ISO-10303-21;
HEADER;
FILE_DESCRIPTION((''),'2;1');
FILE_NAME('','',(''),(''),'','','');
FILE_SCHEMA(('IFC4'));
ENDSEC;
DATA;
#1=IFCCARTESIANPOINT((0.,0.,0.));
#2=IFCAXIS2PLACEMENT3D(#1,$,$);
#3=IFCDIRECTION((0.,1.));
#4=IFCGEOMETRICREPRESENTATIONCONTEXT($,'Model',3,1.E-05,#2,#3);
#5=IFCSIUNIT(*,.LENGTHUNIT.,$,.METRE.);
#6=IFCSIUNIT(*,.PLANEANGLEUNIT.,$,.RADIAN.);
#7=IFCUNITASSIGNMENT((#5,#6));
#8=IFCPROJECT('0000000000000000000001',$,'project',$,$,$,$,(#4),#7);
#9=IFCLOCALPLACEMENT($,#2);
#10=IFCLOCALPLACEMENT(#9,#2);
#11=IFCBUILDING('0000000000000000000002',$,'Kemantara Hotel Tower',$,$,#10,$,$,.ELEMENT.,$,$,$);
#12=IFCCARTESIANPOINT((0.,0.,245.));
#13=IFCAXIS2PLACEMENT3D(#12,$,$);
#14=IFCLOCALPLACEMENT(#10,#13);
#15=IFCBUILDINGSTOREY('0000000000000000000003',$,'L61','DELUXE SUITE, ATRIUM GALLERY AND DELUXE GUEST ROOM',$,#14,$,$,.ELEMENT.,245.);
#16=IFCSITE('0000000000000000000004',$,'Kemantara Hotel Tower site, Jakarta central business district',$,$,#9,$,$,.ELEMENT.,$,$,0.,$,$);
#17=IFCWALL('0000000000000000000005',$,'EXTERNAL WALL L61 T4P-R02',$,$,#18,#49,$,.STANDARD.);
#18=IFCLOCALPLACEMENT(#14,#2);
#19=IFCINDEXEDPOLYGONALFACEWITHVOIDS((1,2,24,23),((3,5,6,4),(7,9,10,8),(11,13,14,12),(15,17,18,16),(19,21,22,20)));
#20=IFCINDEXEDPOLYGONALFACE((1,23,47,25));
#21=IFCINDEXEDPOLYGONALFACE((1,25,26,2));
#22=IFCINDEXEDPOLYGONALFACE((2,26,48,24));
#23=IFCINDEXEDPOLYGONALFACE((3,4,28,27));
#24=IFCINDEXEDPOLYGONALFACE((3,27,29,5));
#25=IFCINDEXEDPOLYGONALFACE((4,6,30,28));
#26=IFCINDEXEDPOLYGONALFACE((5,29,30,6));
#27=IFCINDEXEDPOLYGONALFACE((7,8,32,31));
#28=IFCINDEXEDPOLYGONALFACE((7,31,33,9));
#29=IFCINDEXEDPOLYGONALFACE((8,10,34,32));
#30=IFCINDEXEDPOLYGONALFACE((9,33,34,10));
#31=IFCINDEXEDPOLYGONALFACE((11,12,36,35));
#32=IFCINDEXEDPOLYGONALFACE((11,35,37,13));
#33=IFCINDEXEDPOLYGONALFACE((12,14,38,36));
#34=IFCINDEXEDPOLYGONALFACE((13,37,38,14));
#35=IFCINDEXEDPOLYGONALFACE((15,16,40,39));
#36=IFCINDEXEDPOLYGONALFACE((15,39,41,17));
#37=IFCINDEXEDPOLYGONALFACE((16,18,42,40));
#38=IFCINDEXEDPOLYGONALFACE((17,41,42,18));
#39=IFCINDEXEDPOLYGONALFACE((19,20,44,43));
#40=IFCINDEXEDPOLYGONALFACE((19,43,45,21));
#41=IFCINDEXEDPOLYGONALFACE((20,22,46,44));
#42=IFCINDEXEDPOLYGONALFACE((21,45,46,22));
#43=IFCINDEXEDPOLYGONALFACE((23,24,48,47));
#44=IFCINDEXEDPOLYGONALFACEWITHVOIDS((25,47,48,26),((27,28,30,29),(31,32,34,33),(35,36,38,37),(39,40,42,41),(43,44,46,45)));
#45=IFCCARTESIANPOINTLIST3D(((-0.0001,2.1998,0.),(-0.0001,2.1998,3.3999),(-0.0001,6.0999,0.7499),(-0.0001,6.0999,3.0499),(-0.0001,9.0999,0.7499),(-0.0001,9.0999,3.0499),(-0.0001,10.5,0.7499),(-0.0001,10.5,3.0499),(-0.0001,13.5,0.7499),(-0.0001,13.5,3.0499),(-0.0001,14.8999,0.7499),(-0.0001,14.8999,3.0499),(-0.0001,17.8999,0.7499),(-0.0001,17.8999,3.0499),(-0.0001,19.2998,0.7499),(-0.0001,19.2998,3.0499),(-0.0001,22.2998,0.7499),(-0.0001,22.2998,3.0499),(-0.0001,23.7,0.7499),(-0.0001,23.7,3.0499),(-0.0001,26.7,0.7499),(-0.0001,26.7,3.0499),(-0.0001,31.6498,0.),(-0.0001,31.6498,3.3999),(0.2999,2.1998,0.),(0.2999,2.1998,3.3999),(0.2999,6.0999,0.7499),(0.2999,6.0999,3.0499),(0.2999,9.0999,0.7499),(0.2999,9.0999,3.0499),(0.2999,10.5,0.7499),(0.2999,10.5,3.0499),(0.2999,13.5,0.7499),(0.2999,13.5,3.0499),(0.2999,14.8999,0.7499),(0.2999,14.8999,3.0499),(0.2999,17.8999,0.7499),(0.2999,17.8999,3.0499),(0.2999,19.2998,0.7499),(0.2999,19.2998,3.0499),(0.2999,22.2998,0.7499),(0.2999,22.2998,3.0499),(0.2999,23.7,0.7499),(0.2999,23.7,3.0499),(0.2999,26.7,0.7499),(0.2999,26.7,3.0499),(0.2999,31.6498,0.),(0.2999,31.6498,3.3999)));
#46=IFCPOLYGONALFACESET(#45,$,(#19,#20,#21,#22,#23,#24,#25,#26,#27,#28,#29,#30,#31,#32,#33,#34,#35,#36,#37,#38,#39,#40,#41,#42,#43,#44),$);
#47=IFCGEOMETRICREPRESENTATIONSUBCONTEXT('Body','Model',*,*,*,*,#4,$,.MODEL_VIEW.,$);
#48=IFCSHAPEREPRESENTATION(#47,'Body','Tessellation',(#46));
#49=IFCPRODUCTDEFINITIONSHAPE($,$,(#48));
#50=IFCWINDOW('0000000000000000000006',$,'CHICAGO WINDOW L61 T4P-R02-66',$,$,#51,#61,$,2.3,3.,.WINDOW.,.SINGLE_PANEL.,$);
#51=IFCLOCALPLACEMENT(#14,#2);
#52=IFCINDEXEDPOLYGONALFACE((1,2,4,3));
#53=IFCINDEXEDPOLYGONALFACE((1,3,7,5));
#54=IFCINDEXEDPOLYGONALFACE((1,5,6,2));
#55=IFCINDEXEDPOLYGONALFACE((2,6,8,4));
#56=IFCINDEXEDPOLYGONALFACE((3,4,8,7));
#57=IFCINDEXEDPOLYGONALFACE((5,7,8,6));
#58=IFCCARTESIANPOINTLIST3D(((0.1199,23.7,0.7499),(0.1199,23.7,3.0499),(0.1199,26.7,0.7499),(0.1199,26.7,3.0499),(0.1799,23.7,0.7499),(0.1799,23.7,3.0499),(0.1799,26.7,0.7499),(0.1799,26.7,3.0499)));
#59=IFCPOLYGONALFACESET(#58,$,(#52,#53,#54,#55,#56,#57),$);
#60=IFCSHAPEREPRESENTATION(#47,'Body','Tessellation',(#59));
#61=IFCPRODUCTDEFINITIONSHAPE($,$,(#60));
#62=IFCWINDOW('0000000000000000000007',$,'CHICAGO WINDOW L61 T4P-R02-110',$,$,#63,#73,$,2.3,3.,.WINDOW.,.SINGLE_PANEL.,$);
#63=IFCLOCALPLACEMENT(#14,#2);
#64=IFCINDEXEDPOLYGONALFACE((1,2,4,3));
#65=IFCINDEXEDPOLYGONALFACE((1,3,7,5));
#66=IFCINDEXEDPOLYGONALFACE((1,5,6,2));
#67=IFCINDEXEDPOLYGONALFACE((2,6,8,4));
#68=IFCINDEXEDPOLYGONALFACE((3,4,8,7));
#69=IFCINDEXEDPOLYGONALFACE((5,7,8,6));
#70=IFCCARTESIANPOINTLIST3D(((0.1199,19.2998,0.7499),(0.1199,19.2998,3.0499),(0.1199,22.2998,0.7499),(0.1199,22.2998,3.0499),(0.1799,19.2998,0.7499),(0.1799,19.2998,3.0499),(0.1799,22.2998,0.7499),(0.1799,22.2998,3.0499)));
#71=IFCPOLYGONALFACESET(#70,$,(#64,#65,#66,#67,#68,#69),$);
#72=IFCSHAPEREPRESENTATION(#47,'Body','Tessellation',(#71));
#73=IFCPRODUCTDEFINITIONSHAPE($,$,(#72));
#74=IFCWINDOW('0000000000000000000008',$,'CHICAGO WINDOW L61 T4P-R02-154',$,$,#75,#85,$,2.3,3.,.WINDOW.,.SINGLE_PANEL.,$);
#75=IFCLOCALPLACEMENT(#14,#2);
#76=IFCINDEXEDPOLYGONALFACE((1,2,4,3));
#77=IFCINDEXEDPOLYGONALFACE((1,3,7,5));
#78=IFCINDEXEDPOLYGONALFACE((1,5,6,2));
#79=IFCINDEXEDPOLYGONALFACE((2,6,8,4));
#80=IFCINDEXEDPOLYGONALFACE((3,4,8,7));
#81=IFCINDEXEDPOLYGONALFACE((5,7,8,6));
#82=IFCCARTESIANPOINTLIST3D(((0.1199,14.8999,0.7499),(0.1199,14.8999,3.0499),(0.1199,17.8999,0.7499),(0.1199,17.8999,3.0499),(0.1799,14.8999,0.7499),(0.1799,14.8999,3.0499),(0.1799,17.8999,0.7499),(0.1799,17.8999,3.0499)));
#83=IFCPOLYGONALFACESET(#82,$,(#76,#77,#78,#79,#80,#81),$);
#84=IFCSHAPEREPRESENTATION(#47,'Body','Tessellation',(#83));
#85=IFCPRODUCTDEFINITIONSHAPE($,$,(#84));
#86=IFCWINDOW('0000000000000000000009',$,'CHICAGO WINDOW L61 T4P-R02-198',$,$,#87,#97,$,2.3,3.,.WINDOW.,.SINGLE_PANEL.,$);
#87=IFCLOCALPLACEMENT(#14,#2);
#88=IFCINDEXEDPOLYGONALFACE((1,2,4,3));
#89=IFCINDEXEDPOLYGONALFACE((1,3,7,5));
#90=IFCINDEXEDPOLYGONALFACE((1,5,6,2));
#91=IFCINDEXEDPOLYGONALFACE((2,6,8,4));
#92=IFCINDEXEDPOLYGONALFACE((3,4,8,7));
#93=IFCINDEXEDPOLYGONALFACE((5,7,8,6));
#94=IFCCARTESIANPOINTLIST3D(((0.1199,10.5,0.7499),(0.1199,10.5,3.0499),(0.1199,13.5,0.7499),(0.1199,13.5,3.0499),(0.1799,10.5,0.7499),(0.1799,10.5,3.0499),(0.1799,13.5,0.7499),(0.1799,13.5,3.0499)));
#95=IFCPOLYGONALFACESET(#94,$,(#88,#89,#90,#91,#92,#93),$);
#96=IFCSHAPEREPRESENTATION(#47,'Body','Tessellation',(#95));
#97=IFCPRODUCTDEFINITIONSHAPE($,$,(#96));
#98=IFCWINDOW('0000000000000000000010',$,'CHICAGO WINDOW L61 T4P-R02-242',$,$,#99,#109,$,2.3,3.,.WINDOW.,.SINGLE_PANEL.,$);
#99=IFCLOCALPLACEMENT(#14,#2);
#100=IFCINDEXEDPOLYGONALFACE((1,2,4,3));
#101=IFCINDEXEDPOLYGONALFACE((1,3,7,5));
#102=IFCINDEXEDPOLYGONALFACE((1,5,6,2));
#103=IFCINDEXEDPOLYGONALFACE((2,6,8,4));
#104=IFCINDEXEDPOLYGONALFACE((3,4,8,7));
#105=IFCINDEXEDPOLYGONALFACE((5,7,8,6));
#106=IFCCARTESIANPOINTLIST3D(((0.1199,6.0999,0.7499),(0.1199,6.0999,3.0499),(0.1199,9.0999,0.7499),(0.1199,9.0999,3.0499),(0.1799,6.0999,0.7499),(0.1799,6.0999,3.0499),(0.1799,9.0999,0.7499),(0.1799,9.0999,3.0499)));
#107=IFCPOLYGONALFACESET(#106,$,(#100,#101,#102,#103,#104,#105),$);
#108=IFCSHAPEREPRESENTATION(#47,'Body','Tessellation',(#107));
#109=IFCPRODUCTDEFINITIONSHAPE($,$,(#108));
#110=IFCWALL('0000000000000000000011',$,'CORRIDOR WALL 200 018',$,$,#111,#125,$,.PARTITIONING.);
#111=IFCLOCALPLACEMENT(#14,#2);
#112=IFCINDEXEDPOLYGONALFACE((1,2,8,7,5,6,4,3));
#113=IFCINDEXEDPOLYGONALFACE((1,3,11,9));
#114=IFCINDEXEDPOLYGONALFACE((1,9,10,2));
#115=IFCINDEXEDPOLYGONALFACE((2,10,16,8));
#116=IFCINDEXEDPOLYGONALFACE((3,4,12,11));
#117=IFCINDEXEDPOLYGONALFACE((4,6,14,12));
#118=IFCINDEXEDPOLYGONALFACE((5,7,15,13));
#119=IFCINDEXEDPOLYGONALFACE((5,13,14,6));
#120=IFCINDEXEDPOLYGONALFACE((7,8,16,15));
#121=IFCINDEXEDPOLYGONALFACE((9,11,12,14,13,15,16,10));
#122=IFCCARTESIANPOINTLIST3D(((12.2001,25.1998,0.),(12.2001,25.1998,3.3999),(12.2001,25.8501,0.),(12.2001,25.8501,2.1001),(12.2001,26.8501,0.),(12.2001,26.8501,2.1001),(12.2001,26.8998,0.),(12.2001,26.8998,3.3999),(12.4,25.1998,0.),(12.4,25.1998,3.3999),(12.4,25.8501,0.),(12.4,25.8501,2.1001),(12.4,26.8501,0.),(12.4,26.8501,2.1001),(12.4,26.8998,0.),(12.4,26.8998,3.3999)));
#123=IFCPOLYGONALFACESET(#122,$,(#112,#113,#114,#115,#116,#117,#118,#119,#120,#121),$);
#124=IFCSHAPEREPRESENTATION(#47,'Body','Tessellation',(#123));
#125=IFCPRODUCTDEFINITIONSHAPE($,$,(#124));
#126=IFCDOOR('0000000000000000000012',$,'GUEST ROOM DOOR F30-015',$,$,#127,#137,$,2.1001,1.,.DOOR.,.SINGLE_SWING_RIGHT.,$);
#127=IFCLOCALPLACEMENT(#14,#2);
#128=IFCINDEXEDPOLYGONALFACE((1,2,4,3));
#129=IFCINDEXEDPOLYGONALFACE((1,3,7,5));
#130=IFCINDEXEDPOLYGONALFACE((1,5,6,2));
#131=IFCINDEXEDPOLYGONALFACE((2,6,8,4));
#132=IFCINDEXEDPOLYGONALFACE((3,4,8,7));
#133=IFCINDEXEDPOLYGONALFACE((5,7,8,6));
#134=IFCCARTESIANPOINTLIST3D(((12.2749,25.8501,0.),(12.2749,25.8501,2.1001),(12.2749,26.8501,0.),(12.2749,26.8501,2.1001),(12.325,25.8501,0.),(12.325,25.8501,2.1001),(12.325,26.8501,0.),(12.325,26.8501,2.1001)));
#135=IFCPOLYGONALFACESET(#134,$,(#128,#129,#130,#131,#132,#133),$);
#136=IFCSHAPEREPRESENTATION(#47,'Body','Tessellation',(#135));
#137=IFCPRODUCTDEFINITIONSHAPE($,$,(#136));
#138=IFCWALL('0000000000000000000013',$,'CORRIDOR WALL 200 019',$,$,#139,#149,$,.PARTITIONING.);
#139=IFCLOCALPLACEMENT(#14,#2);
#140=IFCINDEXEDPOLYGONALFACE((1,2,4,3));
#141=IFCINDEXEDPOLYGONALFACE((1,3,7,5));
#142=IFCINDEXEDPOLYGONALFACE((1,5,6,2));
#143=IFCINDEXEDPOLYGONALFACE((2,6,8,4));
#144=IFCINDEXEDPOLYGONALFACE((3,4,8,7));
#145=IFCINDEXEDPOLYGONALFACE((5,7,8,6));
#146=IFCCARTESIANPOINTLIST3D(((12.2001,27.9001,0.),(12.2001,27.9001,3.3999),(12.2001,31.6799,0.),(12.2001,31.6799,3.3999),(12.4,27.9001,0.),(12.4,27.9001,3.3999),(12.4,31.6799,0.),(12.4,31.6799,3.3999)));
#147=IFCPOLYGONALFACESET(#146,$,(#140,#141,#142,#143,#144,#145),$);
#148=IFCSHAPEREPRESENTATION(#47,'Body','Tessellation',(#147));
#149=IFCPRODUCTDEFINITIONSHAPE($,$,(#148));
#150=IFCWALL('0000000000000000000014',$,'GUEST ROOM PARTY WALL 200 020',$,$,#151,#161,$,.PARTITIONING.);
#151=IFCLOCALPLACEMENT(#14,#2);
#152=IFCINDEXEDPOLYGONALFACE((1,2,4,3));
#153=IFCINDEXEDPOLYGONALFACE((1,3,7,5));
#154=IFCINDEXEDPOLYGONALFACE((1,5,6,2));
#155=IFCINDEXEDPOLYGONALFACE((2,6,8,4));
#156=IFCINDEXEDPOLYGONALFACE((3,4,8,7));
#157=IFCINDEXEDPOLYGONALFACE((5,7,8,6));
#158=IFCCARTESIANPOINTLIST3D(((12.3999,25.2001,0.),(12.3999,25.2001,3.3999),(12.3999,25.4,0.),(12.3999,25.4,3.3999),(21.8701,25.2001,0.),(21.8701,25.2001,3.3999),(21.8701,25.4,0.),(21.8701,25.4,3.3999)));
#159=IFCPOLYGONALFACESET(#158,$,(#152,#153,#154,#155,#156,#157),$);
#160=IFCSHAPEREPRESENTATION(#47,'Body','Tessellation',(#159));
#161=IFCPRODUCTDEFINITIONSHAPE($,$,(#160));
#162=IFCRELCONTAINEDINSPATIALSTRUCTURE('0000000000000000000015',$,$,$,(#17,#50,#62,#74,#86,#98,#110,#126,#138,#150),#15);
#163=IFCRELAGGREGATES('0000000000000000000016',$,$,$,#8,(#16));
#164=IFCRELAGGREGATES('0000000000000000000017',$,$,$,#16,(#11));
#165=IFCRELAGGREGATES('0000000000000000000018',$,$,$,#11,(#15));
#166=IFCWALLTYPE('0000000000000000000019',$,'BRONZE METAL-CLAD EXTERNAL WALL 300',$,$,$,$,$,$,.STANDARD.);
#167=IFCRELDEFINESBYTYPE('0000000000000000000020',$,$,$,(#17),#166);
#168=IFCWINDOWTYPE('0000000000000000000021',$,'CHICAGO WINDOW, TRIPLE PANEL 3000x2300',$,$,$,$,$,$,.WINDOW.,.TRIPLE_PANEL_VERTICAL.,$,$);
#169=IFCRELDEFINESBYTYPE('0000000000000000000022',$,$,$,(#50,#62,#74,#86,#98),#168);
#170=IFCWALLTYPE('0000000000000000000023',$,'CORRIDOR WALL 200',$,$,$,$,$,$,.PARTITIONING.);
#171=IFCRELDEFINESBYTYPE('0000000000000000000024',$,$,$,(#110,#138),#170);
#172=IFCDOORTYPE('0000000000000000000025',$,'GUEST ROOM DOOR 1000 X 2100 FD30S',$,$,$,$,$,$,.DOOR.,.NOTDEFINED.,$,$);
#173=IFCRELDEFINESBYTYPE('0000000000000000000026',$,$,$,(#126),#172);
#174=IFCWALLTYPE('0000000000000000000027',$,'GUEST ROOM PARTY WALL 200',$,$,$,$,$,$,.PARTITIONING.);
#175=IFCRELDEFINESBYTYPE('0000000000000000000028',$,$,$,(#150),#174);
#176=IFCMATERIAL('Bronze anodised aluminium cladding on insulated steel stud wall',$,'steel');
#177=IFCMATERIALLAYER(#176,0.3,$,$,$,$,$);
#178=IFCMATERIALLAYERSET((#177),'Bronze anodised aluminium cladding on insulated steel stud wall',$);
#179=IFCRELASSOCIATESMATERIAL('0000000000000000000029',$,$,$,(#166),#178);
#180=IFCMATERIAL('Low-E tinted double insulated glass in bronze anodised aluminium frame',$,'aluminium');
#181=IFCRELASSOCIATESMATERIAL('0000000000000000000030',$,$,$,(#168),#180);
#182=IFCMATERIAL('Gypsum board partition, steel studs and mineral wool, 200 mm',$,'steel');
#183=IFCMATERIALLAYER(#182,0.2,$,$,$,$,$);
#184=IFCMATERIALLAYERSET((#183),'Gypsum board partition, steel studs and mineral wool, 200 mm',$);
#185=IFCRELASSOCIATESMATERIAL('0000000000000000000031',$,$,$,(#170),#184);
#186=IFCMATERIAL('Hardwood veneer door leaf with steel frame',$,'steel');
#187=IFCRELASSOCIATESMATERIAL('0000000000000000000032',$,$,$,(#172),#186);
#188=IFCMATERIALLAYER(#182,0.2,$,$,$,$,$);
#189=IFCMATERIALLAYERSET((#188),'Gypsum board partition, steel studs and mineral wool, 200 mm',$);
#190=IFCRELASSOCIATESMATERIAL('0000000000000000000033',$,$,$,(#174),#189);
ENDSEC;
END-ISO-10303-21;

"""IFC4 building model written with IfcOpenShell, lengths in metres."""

from ifc_helpers import new_model, si_unit, direction, frame, frame_2d, origin, place, context, subcontext, project, spatial, rectangle, extrude, material, layer, layer_set, type_object, element, fill, save


model = new_model("IFC4")

# Units and contexts
model_context = context("Model", 3, precision=1e-05, world=origin(), true_north=direction((0.0, 1.0)))
body_context = subcontext(model_context, "Body", "Model", "MODEL_VIEW")
ifc_project = project(units=[si_unit("LENGTHUNIT", "METRE"), si_unit("PLANEANGLEUNIT", "RADIAN")], contexts=[model_context])

# Site, building, storey
site_placement = place(None, origin())
site = spatial("IfcSite", under=ifc_project, at=site_placement, Name="Kemantara Hotel Tower site, Jakarta central business district", CompositionType="ELEMENT", RefElevation=0.0)
building_placement = place(site_placement, origin())
building = spatial("IfcBuilding", under=site, at=building_placement, Name="Kemantara Hotel Tower", CompositionType="ELEMENT")
storey_placement = place(building_placement, frame((0.0, 0.0, 245.0)))
storey = spatial("IfcBuildingStorey", under=building, at=storey_placement, Name="L61", Description="DELUXE SUITE, ATRIUM GALLERY AND DELUXE GUEST ROOM", CompositionType="ELEMENT", Elevation=245.0)

# Wall, openings, windows
ifc_material_1 = material(Name="Bronze anodised aluminium cladding on insulated steel stud wall", Category="steel")
ifc_layer_1 = layer(ifc_material_1, 0.3)
ifc_layer_set_1 = layer_set([ifc_layer_1], Name="Bronze anodised aluminium cladding on insulated steel stud wall")
wall_type_1 = type_object("IfcWallType", Name="BRONZE METAL-CLAD EXTERNAL WALL 300", PredefinedType="STANDARD", material=ifc_layer_set_1)
wall_1_placement = place(storey_placement, frame((0.1499, 31.6499, 0.0), z_axis=(0.0, 0.0, 1.0), x_axis=(0.0, -1.0, 0.0)))
wall_1 = element("IfcWall", 1, at=wall_1_placement, inside=storey, type_object=wall_type_1, Name="EXTERNAL WALL L61 T4P-R02", PredefinedType="STANDARD", context=body_context, shape_type="SweptSolid", body=[
    extrude(rectangle(XDim=29.45, YDim=0.3, at=frame_2d((14.7251, 0.0))), origin(), (0.0, 0.0, 1.0), 3.3999),
])
opening_1_placement = place(wall_1_placement, frame((4.95, 0.0, 0.75)))
opening_1 = element("IfcOpeningElement", 2, at=opening_1_placement, cuts=wall_1, PredefinedType="OPENING", context=body_context, shape_type="SweptSolid", body=[
    extrude(rectangle(XDim=3.0, YDim=2.3, at=frame_2d((1.5, 1.1499))), frame((0.0, 0.1599, 0.0), z_axis=(0.0, -1.0, 0.0), x_axis=(1.0, 0.0, 0.0)), (0.0, 0.0, 1.0), 0.3201),
])
opening_2_placement = place(wall_1_placement, frame((9.3501, 0.0, 0.75)))
opening_2 = element("IfcOpeningElement", 3, at=opening_2_placement, cuts=wall_1, PredefinedType="OPENING", context=body_context, shape_type="SweptSolid", body=[
    extrude(rectangle(XDim=3.0, YDim=2.3, at=frame_2d((1.5, 1.1499))), frame((0.0, 0.1599, 0.0), z_axis=(0.0, -1.0, 0.0), x_axis=(1.0, 0.0, 0.0)), (0.0, 0.0, 1.0), 0.3201),
])
opening_3_placement = place(wall_1_placement, frame((13.75, 0.0, 0.75)))
opening_3 = element("IfcOpeningElement", 4, at=opening_3_placement, cuts=wall_1, PredefinedType="OPENING", context=body_context, shape_type="SweptSolid", body=[
    extrude(rectangle(XDim=3.0, YDim=2.3, at=frame_2d((1.5, 1.1499))), frame((0.0, 0.1599, 0.0), z_axis=(0.0, -1.0, 0.0), x_axis=(1.0, 0.0, 0.0)), (0.0, 0.0, 1.0), 0.3201),
])
opening_4_placement = place(wall_1_placement, frame((18.1499, 0.0, 0.75)))
opening_4 = element("IfcOpeningElement", 5, at=opening_4_placement, cuts=wall_1, PredefinedType="OPENING", context=body_context, shape_type="SweptSolid", body=[
    extrude(rectangle(XDim=3.0, YDim=2.3, at=frame_2d((1.5, 1.1499))), frame((0.0, 0.1599, 0.0), z_axis=(0.0, -1.0, 0.0), x_axis=(1.0, 0.0, 0.0)), (0.0, 0.0, 1.0), 0.3201),
])
opening_5_placement = place(wall_1_placement, frame((22.55, 0.0, 0.75)))
opening_5 = element("IfcOpeningElement", 6, at=opening_5_placement, cuts=wall_1, PredefinedType="OPENING", context=body_context, shape_type="SweptSolid", body=[
    extrude(rectangle(XDim=3.0, YDim=2.3, at=frame_2d((1.5, 1.1499))), frame((0.0, 0.1599, 0.0), z_axis=(0.0, -1.0, 0.0), x_axis=(1.0, 0.0, 0.0)), (0.0, 0.0, 1.0), 0.3201),
])
ifc_material_2 = material(Name="Low-E tinted double insulated glass in bronze anodised aluminium frame", Category="aluminium")
window_type = type_object("IfcWindowType", Name="CHICAGO WINDOW, TRIPLE PANEL 3000x2300", PartitioningType="TRIPLE_PANEL_VERTICAL", PredefinedType="WINDOW", material=ifc_material_2)
window_1_placement = place(opening_1_placement, origin())
window_1 = element("IfcWindow", 7, at=window_1_placement, inside=storey, type_object=window_type, Name="CHICAGO WINDOW L61 T4P-R02-66", OverallHeight=2.3, OverallWidth=3.0, PartitioningType="SINGLE_PANEL", PredefinedType="WINDOW", context=body_context, shape_type="SweptSolid", body=[
    extrude(rectangle(XDim=3.0, YDim=2.3, at=frame_2d((1.5, 1.1499))), frame((0.0, 0.03, 0.0), z_axis=(0.0, -1.0, 0.0), x_axis=(1.0, 0.0, 0.0)), (0.0, 0.0, 1.0), 0.0601),
])
fill(opening_1, window_1)
window_2_placement = place(opening_2_placement, origin())
window_2 = element("IfcWindow", 8, at=window_2_placement, inside=storey, type_object=window_type, Name="CHICAGO WINDOW L61 T4P-R02-110", OverallHeight=2.3, OverallWidth=3.0, PartitioningType="SINGLE_PANEL", PredefinedType="WINDOW", context=body_context, shape_type="SweptSolid", body=[
    extrude(rectangle(XDim=3.0, YDim=2.3, at=frame_2d((1.5, 1.1499))), frame((0.0, 0.03, 0.0), z_axis=(0.0, -1.0, 0.0), x_axis=(1.0, 0.0, 0.0)), (0.0, 0.0, 1.0), 0.0601),
])
fill(opening_2, window_2)
window_3_placement = place(opening_3_placement, origin())
window_3 = element("IfcWindow", 9, at=window_3_placement, inside=storey, type_object=window_type, Name="CHICAGO WINDOW L61 T4P-R02-154", OverallHeight=2.3, OverallWidth=3.0, PartitioningType="SINGLE_PANEL", PredefinedType="WINDOW", context=body_context, shape_type="SweptSolid", body=[
    extrude(rectangle(XDim=3.0, YDim=2.3, at=frame_2d((1.5, 1.1499))), frame((0.0, 0.03, 0.0), z_axis=(0.0, -1.0, 0.0), x_axis=(1.0, 0.0, 0.0)), (0.0, 0.0, 1.0), 0.0601),
])
fill(opening_3, window_3)
window_4_placement = place(opening_4_placement, origin())
window_4 = element("IfcWindow", 10, at=window_4_placement, inside=storey, type_object=window_type, Name="CHICAGO WINDOW L61 T4P-R02-198", OverallHeight=2.3, OverallWidth=3.0, PartitioningType="SINGLE_PANEL", PredefinedType="WINDOW", context=body_context, shape_type="SweptSolid", body=[
    extrude(rectangle(XDim=3.0, YDim=2.3, at=frame_2d((1.5, 1.1499))), frame((0.0, 0.03, 0.0), z_axis=(0.0, -1.0, 0.0), x_axis=(1.0, 0.0, 0.0)), (0.0, 0.0, 1.0), 0.0601),
])
fill(opening_4, window_4)
window_5_placement = place(opening_5_placement, origin())
window_5 = element("IfcWindow", 11, at=window_5_placement, inside=storey, type_object=window_type, Name="CHICAGO WINDOW L61 T4P-R02-242", OverallHeight=2.3, OverallWidth=3.0, PartitioningType="SINGLE_PANEL", PredefinedType="WINDOW", context=body_context, shape_type="SweptSolid", body=[
    extrude(rectangle(XDim=3.0, YDim=2.3, at=frame_2d((1.5, 1.1499))), frame((0.0, 0.03, 0.0), z_axis=(0.0, -1.0, 0.0), x_axis=(1.0, 0.0, 0.0)), (0.0, 0.0, 1.0), 0.0601),
])
fill(opening_5, window_5)

# Wall, opening, door
ifc_material_3 = material(Name="Gypsum board partition, steel studs and mineral wool, 200 mm", Category="steel")
ifc_layer_2 = layer(ifc_material_3, 0.2)
ifc_layer_set_2 = layer_set([ifc_layer_2], Name="Gypsum board partition, steel studs and mineral wool, 200 mm")
wall_type_2 = type_object("IfcWallType", Name="CORRIDOR WALL 200", PredefinedType="PARTITIONING", material=ifc_layer_set_2)
wall_2_placement = place(storey_placement, frame((12.3, 26.8999, 0.0), z_axis=(0.0, 0.0, 1.0), x_axis=(0.0, -1.0, 0.0)))
wall_2 = element("IfcWall", 12, at=wall_2_placement, inside=storey, type_object=wall_type_2, Name="CORRIDOR WALL 200 018", PredefinedType="PARTITIONING", context=body_context, shape_type="SweptSolid", body=[
    extrude(rectangle(XDim=1.7, YDim=0.2, at=frame_2d((0.8501, 0.0))), origin(), (0.0, 0.0, 1.0), 3.3999),
])
opening_6_placement = place(wall_2_placement, frame((0.0498, 0.0, 0.0)))
opening_6 = element("IfcOpeningElement", 13, at=opening_6_placement, cuts=wall_2, PredefinedType="OPENING", context=body_context, shape_type="SweptSolid", body=[
    extrude(rectangle(XDim=1.0, YDim=2.1001, at=frame_2d((0.5, 1.05))), frame((0.0, 0.1099, 0.0), z_axis=(0.0, -1.0, 0.0), x_axis=(1.0, 0.0, 0.0)), (0.0, 0.0, 1.0), 0.22),
])
ifc_material_4 = material(Name="Hardwood veneer door leaf with steel frame", Category="steel")
door_type_1 = type_object("IfcDoorType", Name="GUEST ROOM DOOR 1000 X 2100 FD30S", OperationType="NOTDEFINED", PredefinedType="DOOR", material=ifc_material_4)
door_1_placement = place(opening_6_placement, origin())
door_1 = element("IfcDoor", 14, at=door_1_placement, inside=storey, type_object=door_type_1, Name="GUEST ROOM DOOR F30-015", OperationType="SINGLE_SWING_RIGHT", OverallHeight=2.1001, OverallWidth=1.0, PredefinedType="DOOR", context=body_context, shape_type="SweptSolid", body=[
    extrude(rectangle(XDim=1.0, YDim=2.1001, at=frame_2d((0.5, 1.05))), frame((0.0, 0.0249, 0.0), z_axis=(0.0, -1.0, 0.0), x_axis=(1.0, 0.0, 0.0)), (0.0, 0.0, 1.0), 0.05),
])
fill(opening_6, door_1)

# Walls
wall_3_placement = place(storey_placement, frame((12.3, 27.9001, 0.0), z_axis=(0.0, 0.0, 1.0), x_axis=(0.0, 1.0, 0.0)))
element("IfcWall", 15, at=wall_3_placement, inside=storey, type_object=wall_type_2, Name="CORRIDOR WALL 200 019", PredefinedType="PARTITIONING", context=body_context, shape_type="SweptSolid", body=[
    extrude(rectangle(XDim=3.7798, YDim=0.2, at=frame_2d((1.8899, 0.0))), origin(), (0.0, 0.0, 1.0), 3.3999),
])
ifc_layer_3 = layer(ifc_material_3, 0.2)
ifc_layer_set_3 = layer_set([ifc_layer_3], Name="Gypsum board partition, steel studs and mineral wool, 200 mm")
wall_type_3 = type_object("IfcWallType", Name="GUEST ROOM PARTY WALL 200", PredefinedType="PARTITIONING", material=ifc_layer_set_3)
wall_4_placement = place(storey_placement, frame((12.3999, 25.3, 0.0), z_axis=(0.0, 0.0, 1.0), x_axis=(1.0, 0.0, 0.0)))
element("IfcWall", 16, at=wall_4_placement, inside=storey, type_object=wall_type_3, Name="GUEST ROOM PARTY WALL 200 020", PredefinedType="PARTITIONING", context=body_context, shape_type="SweptSolid", body=[
    extrude(rectangle(XDim=9.4702, YDim=0.2, at=frame_2d((4.7351, 0.0))), origin(), (0.0, 0.0, 1.0), 3.3999),
])

save(model, "model.ifc")
